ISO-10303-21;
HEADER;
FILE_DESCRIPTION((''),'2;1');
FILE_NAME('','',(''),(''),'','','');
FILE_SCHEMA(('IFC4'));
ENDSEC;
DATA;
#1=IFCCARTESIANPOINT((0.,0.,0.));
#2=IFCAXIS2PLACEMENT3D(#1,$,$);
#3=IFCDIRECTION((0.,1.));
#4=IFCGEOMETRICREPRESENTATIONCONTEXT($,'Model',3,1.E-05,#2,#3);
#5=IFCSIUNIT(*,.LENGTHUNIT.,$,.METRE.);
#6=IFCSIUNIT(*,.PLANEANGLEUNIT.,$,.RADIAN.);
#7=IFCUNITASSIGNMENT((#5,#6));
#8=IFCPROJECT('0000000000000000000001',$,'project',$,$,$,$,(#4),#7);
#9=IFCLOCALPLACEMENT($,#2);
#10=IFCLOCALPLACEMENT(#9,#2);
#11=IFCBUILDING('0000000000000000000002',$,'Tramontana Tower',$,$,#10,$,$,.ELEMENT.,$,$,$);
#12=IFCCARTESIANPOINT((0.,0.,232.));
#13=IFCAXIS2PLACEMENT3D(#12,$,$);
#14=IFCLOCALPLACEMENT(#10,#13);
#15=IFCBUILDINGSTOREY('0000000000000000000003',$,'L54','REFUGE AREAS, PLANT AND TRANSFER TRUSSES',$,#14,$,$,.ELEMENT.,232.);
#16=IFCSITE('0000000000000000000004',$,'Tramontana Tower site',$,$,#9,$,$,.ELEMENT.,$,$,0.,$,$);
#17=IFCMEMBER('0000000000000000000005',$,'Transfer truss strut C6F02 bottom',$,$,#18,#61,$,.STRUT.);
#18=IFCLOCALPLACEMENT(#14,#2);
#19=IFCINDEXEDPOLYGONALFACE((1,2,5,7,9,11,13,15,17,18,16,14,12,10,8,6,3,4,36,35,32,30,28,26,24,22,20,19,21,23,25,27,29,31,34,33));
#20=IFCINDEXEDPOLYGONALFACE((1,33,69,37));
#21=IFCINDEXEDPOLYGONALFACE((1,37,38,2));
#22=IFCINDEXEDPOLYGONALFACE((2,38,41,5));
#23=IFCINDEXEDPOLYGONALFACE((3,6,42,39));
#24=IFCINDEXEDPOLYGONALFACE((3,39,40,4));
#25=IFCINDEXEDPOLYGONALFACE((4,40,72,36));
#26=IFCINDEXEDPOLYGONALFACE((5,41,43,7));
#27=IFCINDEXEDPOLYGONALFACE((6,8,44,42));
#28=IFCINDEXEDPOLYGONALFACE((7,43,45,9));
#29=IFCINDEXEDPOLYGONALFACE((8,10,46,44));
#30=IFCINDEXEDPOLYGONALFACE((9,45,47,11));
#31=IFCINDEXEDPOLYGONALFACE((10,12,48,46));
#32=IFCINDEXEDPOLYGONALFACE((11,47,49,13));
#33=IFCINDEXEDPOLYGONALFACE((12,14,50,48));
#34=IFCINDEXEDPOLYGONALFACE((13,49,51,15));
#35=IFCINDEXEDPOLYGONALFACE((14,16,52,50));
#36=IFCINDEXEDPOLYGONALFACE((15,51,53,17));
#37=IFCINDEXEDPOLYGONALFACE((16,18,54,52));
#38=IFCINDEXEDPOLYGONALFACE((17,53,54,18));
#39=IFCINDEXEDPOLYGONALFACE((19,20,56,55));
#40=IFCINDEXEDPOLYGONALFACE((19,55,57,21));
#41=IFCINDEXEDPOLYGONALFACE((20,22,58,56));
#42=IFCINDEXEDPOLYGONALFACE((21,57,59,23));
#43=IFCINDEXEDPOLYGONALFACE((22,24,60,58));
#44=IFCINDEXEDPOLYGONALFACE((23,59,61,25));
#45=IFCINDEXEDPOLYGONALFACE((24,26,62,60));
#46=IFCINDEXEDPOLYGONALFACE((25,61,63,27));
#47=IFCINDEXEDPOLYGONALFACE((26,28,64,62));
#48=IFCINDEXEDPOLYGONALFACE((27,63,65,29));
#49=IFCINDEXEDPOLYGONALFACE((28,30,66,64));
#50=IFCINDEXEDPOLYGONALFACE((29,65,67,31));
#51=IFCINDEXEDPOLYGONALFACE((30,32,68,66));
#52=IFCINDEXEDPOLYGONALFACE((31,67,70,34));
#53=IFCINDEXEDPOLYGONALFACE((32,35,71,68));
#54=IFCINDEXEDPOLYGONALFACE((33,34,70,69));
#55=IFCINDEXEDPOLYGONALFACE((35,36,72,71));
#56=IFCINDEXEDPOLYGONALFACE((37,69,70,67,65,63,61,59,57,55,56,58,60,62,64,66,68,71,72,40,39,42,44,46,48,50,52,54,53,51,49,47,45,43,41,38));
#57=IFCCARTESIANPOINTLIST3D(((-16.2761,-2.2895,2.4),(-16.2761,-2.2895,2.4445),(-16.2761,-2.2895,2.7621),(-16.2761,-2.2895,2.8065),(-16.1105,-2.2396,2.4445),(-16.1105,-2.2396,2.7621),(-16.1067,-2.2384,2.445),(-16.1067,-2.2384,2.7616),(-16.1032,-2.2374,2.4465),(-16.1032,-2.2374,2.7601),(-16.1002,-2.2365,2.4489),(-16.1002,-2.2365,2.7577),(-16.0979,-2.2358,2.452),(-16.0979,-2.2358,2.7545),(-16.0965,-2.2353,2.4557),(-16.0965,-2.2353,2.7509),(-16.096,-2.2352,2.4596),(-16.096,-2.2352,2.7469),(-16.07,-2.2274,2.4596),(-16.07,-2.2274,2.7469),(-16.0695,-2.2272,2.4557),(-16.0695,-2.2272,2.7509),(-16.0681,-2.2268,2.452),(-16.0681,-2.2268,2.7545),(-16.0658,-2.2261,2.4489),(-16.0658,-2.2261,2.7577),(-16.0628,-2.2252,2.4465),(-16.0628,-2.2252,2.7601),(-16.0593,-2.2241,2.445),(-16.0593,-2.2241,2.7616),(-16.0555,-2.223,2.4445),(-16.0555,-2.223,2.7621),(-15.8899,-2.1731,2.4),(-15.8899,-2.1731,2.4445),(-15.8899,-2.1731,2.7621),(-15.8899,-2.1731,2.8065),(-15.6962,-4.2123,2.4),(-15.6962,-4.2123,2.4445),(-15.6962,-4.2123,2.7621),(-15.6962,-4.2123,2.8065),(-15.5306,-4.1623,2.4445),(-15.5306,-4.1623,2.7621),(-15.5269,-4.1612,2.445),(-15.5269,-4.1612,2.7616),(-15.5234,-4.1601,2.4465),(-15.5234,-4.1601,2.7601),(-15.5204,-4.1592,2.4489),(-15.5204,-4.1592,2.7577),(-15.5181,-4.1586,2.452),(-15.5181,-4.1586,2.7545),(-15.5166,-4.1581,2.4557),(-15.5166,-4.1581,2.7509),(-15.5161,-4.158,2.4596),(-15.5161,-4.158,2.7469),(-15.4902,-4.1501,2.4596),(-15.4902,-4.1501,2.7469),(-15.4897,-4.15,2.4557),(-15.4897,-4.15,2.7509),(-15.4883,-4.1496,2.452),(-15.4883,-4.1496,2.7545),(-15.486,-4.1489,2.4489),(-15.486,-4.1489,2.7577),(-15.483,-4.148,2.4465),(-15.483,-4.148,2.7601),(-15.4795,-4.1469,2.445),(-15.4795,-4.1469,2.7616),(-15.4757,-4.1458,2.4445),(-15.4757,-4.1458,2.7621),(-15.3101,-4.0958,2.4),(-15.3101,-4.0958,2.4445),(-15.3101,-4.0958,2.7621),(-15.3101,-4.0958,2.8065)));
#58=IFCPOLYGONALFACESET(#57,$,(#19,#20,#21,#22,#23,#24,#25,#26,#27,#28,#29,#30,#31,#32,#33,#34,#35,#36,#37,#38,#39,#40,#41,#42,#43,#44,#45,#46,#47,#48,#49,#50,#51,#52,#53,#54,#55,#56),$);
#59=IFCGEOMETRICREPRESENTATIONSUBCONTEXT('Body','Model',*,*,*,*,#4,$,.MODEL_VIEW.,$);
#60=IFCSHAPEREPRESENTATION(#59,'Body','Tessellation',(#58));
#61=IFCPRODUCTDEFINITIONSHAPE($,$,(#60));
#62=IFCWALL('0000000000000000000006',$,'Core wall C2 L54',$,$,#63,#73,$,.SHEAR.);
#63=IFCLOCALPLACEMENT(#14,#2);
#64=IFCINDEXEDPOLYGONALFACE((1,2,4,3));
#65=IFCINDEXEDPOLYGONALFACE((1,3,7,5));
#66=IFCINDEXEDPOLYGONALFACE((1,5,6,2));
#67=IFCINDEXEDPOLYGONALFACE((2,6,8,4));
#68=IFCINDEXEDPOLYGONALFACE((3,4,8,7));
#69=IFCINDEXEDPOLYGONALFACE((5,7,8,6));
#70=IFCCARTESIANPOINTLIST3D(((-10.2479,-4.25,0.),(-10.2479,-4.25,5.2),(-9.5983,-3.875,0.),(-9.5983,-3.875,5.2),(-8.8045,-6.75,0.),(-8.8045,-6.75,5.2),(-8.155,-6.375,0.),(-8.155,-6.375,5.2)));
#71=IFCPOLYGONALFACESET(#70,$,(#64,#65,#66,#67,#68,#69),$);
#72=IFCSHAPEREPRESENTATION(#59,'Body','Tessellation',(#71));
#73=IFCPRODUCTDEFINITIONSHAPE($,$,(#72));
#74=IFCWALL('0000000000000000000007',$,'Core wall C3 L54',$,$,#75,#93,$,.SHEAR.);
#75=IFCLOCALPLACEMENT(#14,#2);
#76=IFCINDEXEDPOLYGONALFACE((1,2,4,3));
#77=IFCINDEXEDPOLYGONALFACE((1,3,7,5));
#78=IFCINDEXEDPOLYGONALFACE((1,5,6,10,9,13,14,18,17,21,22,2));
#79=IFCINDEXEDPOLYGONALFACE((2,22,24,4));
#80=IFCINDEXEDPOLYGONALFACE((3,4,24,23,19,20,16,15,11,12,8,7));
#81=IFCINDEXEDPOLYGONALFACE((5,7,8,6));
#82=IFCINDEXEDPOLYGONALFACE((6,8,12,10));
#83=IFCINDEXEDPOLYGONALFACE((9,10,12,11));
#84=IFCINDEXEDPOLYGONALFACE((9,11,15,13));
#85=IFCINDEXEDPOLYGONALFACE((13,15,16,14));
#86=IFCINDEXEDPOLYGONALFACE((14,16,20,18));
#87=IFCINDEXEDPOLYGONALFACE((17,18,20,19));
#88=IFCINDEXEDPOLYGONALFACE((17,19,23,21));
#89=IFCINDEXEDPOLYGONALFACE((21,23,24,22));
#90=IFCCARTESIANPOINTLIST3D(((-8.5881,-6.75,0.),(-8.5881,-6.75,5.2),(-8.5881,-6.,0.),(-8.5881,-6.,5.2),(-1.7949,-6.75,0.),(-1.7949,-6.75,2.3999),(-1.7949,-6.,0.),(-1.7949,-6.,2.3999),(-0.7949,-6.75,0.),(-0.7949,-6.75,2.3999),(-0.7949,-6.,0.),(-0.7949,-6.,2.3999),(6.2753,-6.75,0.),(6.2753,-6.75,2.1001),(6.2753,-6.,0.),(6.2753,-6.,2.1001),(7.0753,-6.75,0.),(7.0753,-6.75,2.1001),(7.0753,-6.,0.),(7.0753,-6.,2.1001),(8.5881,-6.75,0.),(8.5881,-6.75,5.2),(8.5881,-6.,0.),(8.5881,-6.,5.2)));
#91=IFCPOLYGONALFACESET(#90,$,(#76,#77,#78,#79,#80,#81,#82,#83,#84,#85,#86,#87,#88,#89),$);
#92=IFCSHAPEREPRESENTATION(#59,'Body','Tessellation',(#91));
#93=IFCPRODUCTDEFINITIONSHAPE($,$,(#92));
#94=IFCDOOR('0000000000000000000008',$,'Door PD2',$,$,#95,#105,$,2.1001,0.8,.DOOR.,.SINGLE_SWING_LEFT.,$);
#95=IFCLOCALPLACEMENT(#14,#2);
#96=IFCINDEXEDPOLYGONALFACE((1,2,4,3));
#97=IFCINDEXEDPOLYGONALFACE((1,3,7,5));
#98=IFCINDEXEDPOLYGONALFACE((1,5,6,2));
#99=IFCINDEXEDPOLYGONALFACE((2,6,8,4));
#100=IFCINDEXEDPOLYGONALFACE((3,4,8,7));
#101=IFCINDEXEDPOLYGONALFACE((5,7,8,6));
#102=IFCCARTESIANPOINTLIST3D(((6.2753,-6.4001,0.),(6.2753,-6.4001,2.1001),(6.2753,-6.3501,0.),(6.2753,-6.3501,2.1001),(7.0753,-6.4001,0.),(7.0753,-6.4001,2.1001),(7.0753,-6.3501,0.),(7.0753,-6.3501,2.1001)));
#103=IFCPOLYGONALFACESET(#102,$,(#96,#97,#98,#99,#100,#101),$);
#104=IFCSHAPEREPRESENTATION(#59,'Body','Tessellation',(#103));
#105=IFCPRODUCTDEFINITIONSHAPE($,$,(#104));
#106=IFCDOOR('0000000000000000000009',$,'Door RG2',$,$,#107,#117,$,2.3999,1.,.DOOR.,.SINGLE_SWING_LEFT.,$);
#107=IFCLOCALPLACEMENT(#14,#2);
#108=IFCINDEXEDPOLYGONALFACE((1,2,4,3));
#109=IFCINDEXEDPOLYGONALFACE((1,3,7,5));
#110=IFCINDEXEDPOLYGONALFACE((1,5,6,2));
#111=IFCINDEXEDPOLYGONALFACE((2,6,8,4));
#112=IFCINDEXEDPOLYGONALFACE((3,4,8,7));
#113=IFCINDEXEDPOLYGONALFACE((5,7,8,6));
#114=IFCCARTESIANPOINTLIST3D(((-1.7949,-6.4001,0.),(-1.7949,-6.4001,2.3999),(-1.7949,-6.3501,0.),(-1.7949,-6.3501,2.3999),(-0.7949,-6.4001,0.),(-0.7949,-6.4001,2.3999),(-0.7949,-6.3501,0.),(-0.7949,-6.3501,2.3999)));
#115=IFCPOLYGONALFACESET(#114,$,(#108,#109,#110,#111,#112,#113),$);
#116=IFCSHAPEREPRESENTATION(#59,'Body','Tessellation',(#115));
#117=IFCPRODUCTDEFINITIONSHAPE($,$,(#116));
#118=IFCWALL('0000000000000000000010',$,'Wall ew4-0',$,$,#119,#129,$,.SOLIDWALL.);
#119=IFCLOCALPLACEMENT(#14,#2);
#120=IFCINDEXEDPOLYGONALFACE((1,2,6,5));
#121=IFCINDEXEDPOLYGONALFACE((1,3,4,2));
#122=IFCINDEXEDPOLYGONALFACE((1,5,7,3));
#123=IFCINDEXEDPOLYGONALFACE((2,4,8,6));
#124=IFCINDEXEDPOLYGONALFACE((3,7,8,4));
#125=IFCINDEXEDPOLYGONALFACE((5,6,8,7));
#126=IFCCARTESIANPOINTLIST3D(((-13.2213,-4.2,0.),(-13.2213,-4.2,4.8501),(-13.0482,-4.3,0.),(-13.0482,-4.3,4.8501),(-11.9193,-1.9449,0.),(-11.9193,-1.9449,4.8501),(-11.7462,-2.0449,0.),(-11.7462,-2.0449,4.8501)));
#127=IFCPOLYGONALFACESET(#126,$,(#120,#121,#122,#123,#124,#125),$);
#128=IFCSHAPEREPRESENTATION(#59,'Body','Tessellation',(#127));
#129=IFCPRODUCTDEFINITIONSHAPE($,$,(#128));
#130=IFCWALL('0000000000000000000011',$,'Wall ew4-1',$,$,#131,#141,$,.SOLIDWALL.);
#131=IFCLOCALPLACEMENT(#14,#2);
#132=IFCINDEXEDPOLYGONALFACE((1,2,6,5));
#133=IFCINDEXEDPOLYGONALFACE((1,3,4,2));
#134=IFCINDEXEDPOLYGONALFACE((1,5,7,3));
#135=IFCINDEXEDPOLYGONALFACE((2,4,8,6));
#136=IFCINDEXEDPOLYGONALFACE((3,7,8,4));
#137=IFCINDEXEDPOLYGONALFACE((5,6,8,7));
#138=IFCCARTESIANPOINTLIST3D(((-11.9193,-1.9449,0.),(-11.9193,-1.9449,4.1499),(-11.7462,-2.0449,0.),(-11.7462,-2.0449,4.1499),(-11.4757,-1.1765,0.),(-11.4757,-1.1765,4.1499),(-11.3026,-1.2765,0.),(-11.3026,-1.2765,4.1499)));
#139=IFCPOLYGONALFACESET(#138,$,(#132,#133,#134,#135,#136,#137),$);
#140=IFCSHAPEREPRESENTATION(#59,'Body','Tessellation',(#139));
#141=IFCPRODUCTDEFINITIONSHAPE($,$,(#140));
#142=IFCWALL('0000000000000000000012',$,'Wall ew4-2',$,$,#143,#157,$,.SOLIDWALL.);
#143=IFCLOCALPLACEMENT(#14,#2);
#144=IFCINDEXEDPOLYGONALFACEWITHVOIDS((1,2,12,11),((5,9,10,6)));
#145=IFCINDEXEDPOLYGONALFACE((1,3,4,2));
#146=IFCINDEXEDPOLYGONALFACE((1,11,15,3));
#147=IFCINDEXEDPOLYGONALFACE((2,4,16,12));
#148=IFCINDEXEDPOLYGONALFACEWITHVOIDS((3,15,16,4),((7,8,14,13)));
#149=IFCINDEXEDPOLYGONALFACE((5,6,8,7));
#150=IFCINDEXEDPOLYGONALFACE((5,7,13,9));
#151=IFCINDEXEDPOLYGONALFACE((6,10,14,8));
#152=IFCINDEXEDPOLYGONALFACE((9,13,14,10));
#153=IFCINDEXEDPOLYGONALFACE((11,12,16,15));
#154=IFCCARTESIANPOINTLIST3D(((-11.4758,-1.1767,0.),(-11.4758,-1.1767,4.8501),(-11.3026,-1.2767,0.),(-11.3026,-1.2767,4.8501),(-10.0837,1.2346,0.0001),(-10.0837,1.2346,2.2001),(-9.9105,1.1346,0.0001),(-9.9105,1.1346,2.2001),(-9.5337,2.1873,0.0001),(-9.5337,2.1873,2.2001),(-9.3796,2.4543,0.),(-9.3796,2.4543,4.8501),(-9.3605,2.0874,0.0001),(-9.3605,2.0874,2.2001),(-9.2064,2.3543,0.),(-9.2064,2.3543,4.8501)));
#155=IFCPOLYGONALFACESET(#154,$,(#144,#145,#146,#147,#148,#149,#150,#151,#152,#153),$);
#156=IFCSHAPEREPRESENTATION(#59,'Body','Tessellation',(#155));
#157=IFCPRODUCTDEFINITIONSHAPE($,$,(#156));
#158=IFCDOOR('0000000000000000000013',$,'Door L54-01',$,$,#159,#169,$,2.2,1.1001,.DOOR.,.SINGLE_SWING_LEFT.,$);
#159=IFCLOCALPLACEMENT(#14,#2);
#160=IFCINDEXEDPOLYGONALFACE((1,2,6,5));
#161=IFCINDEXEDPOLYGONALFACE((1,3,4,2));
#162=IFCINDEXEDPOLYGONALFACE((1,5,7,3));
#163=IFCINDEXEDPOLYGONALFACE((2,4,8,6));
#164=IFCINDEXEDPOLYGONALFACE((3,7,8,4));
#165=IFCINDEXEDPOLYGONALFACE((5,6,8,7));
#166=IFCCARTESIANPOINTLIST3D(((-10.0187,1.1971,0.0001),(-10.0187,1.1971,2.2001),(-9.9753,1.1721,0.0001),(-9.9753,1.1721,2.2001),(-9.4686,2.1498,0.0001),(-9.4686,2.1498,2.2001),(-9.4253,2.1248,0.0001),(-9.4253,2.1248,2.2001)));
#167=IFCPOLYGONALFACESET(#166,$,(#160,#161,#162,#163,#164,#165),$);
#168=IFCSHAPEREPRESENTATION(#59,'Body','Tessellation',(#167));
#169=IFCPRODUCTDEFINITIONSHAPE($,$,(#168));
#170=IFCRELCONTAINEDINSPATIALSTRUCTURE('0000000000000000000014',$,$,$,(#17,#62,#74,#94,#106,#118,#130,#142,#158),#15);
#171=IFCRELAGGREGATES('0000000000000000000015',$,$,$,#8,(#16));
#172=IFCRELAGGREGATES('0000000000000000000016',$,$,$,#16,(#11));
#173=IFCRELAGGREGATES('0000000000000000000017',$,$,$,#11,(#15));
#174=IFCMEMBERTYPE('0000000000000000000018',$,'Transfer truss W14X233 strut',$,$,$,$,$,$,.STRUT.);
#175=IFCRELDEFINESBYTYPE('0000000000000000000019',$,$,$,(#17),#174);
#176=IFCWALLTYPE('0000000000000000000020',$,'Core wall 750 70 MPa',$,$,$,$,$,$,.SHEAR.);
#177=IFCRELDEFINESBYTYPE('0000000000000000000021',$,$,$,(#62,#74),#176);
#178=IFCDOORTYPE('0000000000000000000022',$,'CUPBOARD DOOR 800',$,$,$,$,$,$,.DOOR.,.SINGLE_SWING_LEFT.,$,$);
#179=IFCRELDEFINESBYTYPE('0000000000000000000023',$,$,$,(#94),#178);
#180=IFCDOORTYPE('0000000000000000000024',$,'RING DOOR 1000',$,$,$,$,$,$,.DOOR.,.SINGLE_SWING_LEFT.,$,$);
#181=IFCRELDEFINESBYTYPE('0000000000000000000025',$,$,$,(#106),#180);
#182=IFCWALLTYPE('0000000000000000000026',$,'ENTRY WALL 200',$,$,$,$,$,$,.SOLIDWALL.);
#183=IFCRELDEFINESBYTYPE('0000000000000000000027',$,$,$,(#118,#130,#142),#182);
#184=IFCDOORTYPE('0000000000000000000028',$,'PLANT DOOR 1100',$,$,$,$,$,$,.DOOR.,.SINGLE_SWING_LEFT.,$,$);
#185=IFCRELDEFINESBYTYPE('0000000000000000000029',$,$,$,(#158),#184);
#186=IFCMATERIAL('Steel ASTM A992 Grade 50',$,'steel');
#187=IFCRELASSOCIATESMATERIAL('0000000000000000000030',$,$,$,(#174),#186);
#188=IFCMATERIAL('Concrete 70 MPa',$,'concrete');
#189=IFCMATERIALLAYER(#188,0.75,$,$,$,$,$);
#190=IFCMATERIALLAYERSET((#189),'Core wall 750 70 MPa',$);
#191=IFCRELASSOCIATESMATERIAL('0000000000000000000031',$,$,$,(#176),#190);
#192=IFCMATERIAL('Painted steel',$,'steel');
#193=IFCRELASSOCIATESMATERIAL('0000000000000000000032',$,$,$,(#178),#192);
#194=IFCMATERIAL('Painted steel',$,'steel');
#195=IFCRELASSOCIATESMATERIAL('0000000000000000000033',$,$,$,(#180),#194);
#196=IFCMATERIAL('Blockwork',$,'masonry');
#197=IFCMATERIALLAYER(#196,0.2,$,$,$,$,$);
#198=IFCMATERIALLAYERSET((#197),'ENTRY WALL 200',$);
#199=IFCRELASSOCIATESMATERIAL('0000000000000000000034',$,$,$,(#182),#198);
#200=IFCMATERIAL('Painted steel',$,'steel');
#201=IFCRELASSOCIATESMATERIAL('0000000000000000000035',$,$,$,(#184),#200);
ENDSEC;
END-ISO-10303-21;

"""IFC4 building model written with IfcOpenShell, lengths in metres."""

from ifc_helpers import new_model, si_unit, direction, frame, frame_2d, origin, origin_2d, place, context, subcontext, project, spatial, rectangle, i_section, extrude, material, layer, layer_set, material_profile, profile_set, type_object, element, fill, save


model = new_model("IFC4")

# Units and contexts
model_context = context("Model", 3, precision=1e-05, world=origin(), true_north=direction((0.0, 1.0)))
body_context = subcontext(model_context, "Body", "Model", "MODEL_VIEW")
ifc_project = project(units=[si_unit("LENGTHUNIT", "METRE"), si_unit("PLANEANGLEUNIT", "RADIAN")], contexts=[model_context])

# Site, building, storey
site_placement = place(None, origin())
site = spatial("IfcSite", under=ifc_project, at=site_placement, Name="Tramontana Tower site", CompositionType="ELEMENT", RefElevation=0.0)
building_placement = place(site_placement, origin())
building = spatial("IfcBuilding", under=site, at=building_placement, Name="Tramontana Tower", CompositionType="ELEMENT")
storey_placement = place(building_placement, frame((0.0, 0.0, 232.0)))
storey = spatial("IfcBuildingStorey", under=building, at=storey_placement, Name="L54", Description="REFUGE AREAS, PLANT AND TRANSFER TRUSSES", CompositionType="ELEMENT", Elevation=232.0)

# Member
ifc_material_1 = material(Name="Steel ASTM A992 Grade 50", Category="steel")
ifc_material_profile_1 = material_profile(ifc_material_1, i_section(OverallWidth=0.4033, OverallDepth=0.4065, WebThickness=0.0271, FlangeThickness=0.0444, FilletRadius=0.0151, at=origin_2d()), Name="W14X233")
ifc_profile_set_1 = profile_set([ifc_material_profile_1], Name="Steel ASTM A992 Grade 50")
member_type_1 = type_object("IfcMemberType", Name="Transfer truss W14X233 strut", PredefinedType="STRUT", material=ifc_profile_set_1)
member_1_placement = place(storey_placement, frame((-15.5032, -4.1541, 2.6033), z_axis=(-0.288708, 0.957417, 0.0), x_axis=(-0.957417, -0.288708, 0.0)))
element("IfcMember", 1, at=member_1_placement, inside=storey, type_object=member_type_1, Name="Transfer truss strut C6F02 bottom", PredefinedType="STRUT", context=body_context, shape_type="SweptSolid", body=[
    extrude(i_section(OverallWidth=0.4033, OverallDepth=0.4065, WebThickness=0.0271, FlangeThickness=0.0444, FilletRadius=0.0151, at=origin_2d()), origin(), (0.0, 0.0, 1.0), 2.0083),
])

# Wall
ifc_material_2 = material(Name="Concrete 70 MPa", Category="concrete")
ifc_layer_1 = layer(ifc_material_2, 0.75)
ifc_layer_set_1 = layer_set([ifc_layer_1], Name="Core wall 750 70 MPa")
wall_type_1 = type_object("IfcWallType", Name="Core wall 750 70 MPa", PredefinedType="SHEAR", material=ifc_layer_set_1)
wall_1_placement = place(storey_placement, frame((-9.9231, -4.0625, 0.0), z_axis=(0.0, 0.0, 1.0), x_axis=(0.499996, -0.866028, 0.0)))
element("IfcWall", 2, at=wall_1_placement, inside=storey, type_object=wall_type_1, Name="Core wall C2 L54", PredefinedType="SHEAR", context=body_context, shape_type="SweptSolid", body=[
    extrude(rectangle(XDim=2.8867, YDim=0.75, at=frame_2d((1.4434, 0.0))), origin(), (0.0, 0.0, 1.0), 5.2),
])

# Wall, openings, doors
wall_2_placement = place(storey_placement, frame((-8.5881, -6.375, 0.0), z_axis=(0.0, 0.0, 1.0), x_axis=(1.0, 0.0, 0.0)))
wall_2 = element("IfcWall", 3, at=wall_2_placement, inside=storey, type_object=wall_type_1, Name="Core wall C3 L54", PredefinedType="SHEAR", context=body_context, shape_type="SweptSolid", body=[
    extrude(rectangle(XDim=17.1763, YDim=0.75, at=frame_2d((8.5881, 0.0))), origin(), (0.0, 0.0, 1.0), 5.2),
])
opening_1_placement = place(wall_2_placement, frame((6.7932, 0.0, 0.0)))
opening_1 = element("IfcOpeningElement", 4, at=opening_1_placement, cuts=wall_2, PredefinedType="OPENING", context=body_context, shape_type="SweptSolid", body=[
    extrude(rectangle(XDim=1.0, YDim=2.3999, at=frame_2d((0.5, 1.2))), frame((0.0, 0.385, 0.0), z_axis=(0.0, -1.0, 0.0), x_axis=(1.0, 0.0, 0.0)), (0.0, 0.0, 1.0), 0.77),
])
opening_2_placement = place(wall_2_placement, frame((14.8635, 0.0, 0.0)))
opening_2 = element("IfcOpeningElement", 5, at=opening_2_placement, cuts=wall_2, PredefinedType="OPENING", context=body_context, shape_type="SweptSolid", body=[
    extrude(rectangle(XDim=0.8, YDim=2.1001, at=frame_2d((0.3999, 1.05))), frame((0.0, 0.385, 0.0), z_axis=(0.0, -1.0, 0.0), x_axis=(1.0, 0.0, 0.0)), (0.0, 0.0, 1.0), 0.77),
])
ifc_material_3 = material(Name="Painted steel", Category="steel")
door_type_1 = type_object("IfcDoorType", Name="CUPBOARD DOOR 800", OperationType="SINGLE_SWING_LEFT", PredefinedType="DOOR", material=ifc_material_3)
door_1_placement = place(opening_2_placement, origin())
door_1 = element("IfcDoor", 6, at=door_1_placement, inside=storey, type_object=door_type_1, Name="Door PD2", OperationType="SINGLE_SWING_LEFT", OverallHeight=2.1001, OverallWidth=0.8, PredefinedType="DOOR", context=body_context, shape_type="SweptSolid", body=[
    extrude(rectangle(XDim=0.8, YDim=2.1001, at=frame_2d((0.3999, 1.05))), frame((0.0, 0.0249, 0.0), z_axis=(0.0, -1.0, 0.0), x_axis=(1.0, 0.0, 0.0)), (0.0, 0.0, 1.0), 0.05),
])
fill(opening_2, door_1)
ifc_material_4 = material(Name="Painted steel", Category="steel")
door_type_2 = type_object("IfcDoorType", Name="RING DOOR 1000", OperationType="SINGLE_SWING_LEFT", PredefinedType="DOOR", material=ifc_material_4)
door_2_placement = place(opening_1_placement, origin())
door_2 = element("IfcDoor", 7, at=door_2_placement, inside=storey, type_object=door_type_2, Name="Door RG2", OperationType="SINGLE_SWING_LEFT", OverallHeight=2.3999, OverallWidth=1.0, PredefinedType="DOOR", context=body_context, shape_type="SweptSolid", body=[
    extrude(rectangle(XDim=1.0, YDim=2.3999, at=frame_2d((0.5, 1.2))), frame((0.0, 0.0249, 0.0), z_axis=(0.0, -1.0, 0.0), x_axis=(1.0, 0.0, 0.0)), (0.0, 0.0, 1.0), 0.05),
])
fill(opening_1, door_2)

# Walls
ifc_material_5 = material(Name="Blockwork", Category="masonry")
ifc_layer_2 = layer(ifc_material_5, 0.2)
ifc_layer_set_2 = layer_set([ifc_layer_2], Name="ENTRY WALL 200")
wall_type_2 = type_object("IfcWallType", Name="ENTRY WALL 200", PredefinedType="SOLIDWALL", material=ifc_layer_set_2)
wall_3_placement = place(storey_placement, frame((-13.1348, -4.25, 0.0), z_axis=(0.0, 0.0, 1.0), x_axis=(0.500001, 0.866025, 0.0)))
element("IfcWall", 8, at=wall_3_placement, inside=storey, type_object=wall_type_2, Name="Wall ew4-0", PredefinedType="SOLIDWALL", context=body_context, shape_type="SweptSolid", body=[
    extrude(rectangle(XDim=2.604, YDim=0.2, at=frame_2d((1.302, 0.0))), origin(), (0.0, 0.0, 1.0), 4.8501),
])
wall_4_placement = place(storey_placement, frame((-11.8328, -1.9949, 0.0), z_axis=(0.0, 0.0, 1.0), x_axis=(0.500016, 0.866016, 0.0)))
element("IfcWall", 9, at=wall_4_placement, inside=storey, type_object=wall_type_2, Name="Wall ew4-1", PredefinedType="SOLIDWALL", context=body_context, shape_type="SweptSolid", body=[
    extrude(rectangle(XDim=0.8872, YDim=0.2, at=frame_2d((0.4436, 0.0))), origin(), (0.0, 0.0, 1.0), 4.1499),
])

# Wall, opening, door
wall_5_placement = place(storey_placement, frame((-11.3892, -1.2266, 0.0), z_axis=(0.0, 0.0, 1.0), x_axis=(0.499985, 0.866034, 0.0)))
wall_5 = element("IfcWall", 10, at=wall_5_placement, inside=storey, type_object=wall_type_2, Name="Wall ew4-2", PredefinedType="SOLIDWALL", context=body_context, shape_type="SweptSolid", body=[
    extrude(rectangle(XDim=4.1926, YDim=0.2, at=frame_2d((2.0962, 0.0))), origin(), (0.0, 0.0, 1.0), 4.8501),
])
opening_3_placement = place(wall_5_placement, frame((2.7842, 0.0, 0.0)))
opening_3 = element("IfcOpeningElement", 11, at=opening_3_placement, cuts=wall_5, PredefinedType="OPENING", context=body_context, shape_type="SweptSolid", body=[
    extrude(rectangle(XDim=1.1001, YDim=2.2, at=frame_2d((0.55, 1.1001))), frame((0.0, 0.1099, 0.0), z_axis=(0.0, -1.0, 0.0), x_axis=(1.0, 0.0, 0.0)), (0.0, 0.0, 1.0), 0.22),
])
ifc_material_6 = material(Name="Painted steel", Category="steel")
door_type_3 = type_object("IfcDoorType", Name="PLANT DOOR 1100", OperationType="SINGLE_SWING_LEFT", PredefinedType="DOOR", material=ifc_material_6)
door_3_placement = place(opening_3_placement, origin())
door_3 = element("IfcDoor", 12, at=door_3_placement, inside=storey, type_object=door_type_3, Name="Door L54-01", OperationType="SINGLE_SWING_LEFT", OverallHeight=2.2, OverallWidth=1.1001, PredefinedType="DOOR", context=body_context, shape_type="SweptSolid", body=[
    extrude(rectangle(XDim=1.1001, YDim=2.2, at=frame_2d((0.55, 1.1001))), frame((0.0, 0.0249, 0.0), z_axis=(0.0, -1.0, 0.0), x_axis=(1.0, 0.0, 0.0)), (0.0, 0.0, 1.0), 0.05),
])
fill(opening_3, door_3)

save(model, "model.ifc")
